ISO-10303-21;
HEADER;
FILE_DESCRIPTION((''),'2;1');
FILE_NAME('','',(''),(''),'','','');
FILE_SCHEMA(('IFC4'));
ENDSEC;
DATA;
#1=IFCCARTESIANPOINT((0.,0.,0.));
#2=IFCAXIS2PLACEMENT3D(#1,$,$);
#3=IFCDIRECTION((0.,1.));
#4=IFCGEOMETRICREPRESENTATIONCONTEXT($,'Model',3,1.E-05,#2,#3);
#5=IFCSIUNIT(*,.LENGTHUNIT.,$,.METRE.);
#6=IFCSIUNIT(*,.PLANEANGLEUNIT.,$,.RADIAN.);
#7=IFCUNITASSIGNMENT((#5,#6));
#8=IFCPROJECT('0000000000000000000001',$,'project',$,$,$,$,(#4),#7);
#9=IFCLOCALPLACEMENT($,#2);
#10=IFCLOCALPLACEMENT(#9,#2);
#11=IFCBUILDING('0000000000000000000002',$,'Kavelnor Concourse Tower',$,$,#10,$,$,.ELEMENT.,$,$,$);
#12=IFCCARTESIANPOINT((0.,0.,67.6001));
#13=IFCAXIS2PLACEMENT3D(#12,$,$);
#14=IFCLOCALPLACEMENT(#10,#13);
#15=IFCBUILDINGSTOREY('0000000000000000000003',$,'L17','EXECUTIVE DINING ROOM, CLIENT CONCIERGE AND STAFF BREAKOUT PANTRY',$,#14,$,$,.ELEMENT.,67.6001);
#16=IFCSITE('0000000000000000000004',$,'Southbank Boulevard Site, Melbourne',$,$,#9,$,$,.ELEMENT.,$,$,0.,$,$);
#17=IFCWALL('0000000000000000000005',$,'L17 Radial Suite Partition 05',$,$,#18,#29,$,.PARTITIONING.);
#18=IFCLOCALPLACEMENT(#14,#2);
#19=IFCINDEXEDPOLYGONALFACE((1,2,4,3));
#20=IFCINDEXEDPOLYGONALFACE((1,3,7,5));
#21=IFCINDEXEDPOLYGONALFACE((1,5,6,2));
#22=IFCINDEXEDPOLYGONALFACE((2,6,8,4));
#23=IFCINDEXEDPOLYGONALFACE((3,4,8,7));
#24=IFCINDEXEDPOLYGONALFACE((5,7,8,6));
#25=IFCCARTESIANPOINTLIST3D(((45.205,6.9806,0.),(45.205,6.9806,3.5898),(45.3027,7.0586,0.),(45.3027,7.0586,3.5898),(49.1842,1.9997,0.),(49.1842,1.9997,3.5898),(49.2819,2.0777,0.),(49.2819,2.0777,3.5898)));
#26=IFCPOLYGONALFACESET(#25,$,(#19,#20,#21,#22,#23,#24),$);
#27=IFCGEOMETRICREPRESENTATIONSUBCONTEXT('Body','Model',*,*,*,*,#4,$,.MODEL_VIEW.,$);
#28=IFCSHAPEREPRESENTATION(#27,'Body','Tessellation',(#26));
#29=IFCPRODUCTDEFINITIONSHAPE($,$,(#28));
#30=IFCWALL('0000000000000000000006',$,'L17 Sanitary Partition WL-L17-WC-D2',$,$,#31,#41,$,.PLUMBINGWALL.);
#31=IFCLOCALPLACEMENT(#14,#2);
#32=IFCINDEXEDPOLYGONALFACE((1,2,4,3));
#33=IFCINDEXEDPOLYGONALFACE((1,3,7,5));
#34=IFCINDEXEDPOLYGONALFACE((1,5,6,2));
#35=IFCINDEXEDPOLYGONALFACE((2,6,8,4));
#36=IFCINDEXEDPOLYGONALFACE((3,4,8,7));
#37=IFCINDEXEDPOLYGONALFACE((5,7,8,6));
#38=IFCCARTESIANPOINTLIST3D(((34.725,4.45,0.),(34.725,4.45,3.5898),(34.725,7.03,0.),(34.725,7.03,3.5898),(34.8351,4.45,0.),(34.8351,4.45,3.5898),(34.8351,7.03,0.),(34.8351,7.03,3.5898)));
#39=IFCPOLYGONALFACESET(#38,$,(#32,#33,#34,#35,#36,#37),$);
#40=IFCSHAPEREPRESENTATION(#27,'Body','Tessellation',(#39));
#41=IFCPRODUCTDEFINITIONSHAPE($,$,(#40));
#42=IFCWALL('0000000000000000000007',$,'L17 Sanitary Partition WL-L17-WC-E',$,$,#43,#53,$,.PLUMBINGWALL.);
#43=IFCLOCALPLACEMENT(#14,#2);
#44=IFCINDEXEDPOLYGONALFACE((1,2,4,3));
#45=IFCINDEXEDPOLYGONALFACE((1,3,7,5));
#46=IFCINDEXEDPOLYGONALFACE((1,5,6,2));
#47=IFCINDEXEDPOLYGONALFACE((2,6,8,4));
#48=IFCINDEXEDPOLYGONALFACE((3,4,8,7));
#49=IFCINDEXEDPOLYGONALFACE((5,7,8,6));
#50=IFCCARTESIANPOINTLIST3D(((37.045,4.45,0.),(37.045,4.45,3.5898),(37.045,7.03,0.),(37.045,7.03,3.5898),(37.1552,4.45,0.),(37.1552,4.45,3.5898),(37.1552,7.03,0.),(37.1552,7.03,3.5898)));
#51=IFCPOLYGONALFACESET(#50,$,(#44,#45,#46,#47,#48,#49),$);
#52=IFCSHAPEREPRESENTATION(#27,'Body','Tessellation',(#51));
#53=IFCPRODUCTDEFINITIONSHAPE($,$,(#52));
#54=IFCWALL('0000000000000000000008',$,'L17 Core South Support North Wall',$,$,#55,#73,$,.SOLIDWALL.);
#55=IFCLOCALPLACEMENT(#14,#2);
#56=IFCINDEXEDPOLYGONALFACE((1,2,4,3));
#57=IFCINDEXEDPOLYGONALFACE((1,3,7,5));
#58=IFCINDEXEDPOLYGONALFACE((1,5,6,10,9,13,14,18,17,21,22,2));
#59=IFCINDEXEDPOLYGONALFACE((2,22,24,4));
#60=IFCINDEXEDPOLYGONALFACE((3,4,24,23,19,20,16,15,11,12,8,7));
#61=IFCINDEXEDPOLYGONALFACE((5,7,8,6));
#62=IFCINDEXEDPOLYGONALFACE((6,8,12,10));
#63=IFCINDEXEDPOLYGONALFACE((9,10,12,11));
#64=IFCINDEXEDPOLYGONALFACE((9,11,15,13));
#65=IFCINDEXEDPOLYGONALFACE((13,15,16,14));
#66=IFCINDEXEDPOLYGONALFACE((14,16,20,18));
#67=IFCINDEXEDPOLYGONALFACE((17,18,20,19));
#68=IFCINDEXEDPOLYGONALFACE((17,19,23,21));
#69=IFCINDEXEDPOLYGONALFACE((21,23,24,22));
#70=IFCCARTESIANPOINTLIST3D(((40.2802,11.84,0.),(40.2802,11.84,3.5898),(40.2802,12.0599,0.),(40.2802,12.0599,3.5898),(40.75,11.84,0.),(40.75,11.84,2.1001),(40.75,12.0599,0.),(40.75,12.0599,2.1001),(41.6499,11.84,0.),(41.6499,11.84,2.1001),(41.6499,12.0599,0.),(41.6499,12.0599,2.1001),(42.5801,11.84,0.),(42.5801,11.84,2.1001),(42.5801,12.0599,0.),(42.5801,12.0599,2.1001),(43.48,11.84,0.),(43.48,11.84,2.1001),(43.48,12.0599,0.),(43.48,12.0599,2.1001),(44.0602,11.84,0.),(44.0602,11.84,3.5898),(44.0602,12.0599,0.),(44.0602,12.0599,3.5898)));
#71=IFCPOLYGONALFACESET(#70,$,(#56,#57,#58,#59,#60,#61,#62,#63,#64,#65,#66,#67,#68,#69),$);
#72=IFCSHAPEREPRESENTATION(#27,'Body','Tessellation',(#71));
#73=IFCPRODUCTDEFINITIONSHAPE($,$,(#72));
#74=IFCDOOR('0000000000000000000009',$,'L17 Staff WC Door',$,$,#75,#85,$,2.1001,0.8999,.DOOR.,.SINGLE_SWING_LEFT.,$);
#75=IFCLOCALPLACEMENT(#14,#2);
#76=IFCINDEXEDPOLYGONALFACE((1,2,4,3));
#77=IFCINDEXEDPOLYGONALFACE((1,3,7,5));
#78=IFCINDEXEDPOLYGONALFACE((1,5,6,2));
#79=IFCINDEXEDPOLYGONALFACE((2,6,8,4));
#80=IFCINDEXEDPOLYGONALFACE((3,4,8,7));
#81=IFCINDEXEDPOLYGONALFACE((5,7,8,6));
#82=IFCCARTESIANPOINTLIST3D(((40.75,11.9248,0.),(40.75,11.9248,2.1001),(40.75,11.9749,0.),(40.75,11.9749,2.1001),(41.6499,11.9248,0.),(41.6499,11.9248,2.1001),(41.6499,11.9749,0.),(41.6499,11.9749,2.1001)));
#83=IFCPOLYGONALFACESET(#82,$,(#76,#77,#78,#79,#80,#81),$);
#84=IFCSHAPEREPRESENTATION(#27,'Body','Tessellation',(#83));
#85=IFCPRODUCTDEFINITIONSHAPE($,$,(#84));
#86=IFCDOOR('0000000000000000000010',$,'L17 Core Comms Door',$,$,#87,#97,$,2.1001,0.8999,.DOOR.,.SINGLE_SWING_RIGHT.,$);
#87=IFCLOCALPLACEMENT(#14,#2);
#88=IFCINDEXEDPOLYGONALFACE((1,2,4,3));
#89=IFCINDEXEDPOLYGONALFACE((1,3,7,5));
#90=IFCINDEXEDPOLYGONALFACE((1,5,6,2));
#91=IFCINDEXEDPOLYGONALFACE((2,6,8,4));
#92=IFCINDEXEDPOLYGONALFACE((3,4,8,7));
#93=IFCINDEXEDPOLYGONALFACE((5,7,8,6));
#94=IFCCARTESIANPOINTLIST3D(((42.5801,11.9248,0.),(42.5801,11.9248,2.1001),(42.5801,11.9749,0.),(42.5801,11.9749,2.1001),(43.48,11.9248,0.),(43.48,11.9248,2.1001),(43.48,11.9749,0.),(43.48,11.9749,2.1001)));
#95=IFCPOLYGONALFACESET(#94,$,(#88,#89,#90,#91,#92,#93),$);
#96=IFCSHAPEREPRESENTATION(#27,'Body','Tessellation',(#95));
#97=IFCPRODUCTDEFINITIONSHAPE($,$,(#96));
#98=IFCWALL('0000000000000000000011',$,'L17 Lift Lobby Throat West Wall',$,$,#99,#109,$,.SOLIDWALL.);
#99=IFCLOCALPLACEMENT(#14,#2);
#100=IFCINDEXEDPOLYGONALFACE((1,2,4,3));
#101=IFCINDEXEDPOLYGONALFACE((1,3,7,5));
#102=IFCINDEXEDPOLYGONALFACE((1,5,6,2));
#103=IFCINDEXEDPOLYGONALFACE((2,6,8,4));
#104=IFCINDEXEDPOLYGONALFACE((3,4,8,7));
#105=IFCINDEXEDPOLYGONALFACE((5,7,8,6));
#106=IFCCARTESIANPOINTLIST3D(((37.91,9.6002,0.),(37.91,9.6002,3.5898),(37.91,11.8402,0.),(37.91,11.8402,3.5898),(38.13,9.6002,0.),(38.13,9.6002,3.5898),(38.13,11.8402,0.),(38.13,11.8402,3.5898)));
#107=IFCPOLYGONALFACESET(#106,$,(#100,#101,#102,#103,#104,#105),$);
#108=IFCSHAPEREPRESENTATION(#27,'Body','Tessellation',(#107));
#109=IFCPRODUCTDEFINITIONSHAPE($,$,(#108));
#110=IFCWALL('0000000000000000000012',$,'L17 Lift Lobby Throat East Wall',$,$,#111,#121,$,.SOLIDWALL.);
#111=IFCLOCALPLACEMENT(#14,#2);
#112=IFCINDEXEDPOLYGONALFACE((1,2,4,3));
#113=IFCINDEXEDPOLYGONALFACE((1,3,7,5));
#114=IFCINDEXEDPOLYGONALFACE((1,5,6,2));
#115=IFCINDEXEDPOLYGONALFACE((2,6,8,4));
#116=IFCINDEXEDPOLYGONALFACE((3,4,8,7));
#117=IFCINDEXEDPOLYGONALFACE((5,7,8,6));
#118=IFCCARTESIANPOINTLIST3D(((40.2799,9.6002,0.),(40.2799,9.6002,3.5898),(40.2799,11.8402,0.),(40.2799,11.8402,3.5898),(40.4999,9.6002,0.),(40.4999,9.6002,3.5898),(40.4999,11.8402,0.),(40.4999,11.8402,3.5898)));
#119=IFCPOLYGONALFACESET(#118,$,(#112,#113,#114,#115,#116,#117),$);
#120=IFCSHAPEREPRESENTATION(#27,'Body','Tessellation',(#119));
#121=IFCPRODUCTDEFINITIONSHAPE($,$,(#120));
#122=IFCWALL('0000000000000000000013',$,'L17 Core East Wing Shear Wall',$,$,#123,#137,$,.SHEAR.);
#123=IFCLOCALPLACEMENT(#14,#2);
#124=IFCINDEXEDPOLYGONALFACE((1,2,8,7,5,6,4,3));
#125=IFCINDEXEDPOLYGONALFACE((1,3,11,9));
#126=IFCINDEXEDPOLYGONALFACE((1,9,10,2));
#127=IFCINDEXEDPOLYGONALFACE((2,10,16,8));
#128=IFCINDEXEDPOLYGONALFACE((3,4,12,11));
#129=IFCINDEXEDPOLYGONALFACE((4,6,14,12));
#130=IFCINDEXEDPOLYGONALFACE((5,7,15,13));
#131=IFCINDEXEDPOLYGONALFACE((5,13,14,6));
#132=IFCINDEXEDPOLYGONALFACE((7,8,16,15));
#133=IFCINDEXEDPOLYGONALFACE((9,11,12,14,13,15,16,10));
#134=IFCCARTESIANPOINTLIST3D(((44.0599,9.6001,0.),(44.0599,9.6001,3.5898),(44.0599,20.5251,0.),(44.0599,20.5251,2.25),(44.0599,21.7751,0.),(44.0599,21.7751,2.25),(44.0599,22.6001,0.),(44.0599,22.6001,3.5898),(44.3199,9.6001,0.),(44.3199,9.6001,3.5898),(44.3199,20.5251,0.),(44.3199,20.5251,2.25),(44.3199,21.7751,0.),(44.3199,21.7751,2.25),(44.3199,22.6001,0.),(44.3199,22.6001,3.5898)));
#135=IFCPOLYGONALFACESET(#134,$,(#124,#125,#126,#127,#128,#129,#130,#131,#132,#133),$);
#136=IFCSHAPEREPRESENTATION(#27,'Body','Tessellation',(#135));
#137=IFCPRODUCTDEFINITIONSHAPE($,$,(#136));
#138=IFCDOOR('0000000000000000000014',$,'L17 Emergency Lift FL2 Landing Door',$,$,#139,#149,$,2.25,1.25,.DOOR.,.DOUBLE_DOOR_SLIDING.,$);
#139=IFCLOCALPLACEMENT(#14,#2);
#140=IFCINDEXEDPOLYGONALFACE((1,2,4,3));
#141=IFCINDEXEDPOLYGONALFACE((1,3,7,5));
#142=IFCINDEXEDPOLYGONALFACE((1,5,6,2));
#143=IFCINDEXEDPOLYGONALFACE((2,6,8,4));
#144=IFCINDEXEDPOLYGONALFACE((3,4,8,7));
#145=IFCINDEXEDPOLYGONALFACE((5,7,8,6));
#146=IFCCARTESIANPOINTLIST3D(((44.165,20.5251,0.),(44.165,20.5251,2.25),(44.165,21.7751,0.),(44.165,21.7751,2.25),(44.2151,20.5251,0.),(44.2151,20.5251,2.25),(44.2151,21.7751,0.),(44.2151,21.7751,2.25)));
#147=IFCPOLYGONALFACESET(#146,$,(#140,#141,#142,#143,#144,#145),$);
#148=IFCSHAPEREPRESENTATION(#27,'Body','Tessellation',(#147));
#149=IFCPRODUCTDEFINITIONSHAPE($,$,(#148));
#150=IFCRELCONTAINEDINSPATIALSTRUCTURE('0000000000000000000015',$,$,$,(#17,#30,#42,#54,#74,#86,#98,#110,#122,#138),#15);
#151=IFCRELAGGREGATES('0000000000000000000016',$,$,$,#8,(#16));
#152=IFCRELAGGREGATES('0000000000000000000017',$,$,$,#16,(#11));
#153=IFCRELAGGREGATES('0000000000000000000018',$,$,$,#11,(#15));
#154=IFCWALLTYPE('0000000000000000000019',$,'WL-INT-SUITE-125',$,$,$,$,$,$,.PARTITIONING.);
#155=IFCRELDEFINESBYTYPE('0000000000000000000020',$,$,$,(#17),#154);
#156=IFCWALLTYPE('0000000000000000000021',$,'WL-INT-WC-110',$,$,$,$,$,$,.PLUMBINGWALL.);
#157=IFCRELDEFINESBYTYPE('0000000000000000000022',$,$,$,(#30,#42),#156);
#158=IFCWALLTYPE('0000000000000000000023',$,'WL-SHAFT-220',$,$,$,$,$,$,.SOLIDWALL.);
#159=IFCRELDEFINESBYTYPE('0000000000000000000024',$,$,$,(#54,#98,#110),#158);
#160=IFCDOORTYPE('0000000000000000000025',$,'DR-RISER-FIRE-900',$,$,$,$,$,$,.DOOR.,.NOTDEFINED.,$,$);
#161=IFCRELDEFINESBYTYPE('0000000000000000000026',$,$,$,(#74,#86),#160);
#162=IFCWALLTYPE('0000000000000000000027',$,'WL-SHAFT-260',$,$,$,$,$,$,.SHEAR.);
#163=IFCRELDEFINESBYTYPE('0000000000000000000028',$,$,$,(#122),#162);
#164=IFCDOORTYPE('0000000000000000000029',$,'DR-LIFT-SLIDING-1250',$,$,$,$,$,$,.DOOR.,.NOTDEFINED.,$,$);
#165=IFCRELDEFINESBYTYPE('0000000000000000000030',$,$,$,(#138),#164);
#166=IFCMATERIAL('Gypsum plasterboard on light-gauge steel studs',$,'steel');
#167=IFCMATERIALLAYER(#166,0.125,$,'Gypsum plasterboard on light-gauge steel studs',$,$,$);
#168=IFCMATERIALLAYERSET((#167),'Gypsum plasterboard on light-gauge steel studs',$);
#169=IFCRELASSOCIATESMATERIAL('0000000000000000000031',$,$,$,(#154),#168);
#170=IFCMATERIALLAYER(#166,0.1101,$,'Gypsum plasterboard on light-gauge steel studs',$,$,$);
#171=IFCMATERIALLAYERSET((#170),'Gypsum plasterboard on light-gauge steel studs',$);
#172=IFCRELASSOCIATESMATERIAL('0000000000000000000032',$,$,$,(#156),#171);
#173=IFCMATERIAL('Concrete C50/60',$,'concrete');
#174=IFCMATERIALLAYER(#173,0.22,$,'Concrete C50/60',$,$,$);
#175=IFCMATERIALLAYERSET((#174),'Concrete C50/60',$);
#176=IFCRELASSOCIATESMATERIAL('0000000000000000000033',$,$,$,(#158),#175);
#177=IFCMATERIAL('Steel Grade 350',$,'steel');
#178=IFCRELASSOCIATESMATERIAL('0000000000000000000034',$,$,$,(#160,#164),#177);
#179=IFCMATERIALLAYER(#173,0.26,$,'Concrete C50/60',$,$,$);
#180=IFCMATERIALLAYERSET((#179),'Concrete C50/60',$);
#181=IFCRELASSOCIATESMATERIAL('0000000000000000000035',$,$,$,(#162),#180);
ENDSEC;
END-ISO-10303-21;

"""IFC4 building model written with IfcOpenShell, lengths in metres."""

from ifc_helpers import new_model, si_unit, direction, frame, frame_2d, origin, place, context, subcontext, project, spatial, rectangle, extrude, material, layer, layer_set, type_object, element, fill, save


model = new_model("IFC4")

# Units and contexts
model_context = context("Model", 3, precision=1e-05, world=origin(), true_north=direction((0.0, 1.0)))
body_context = subcontext(model_context, "Body", "Model", "MODEL_VIEW")
ifc_project = project(units=[si_unit("LENGTHUNIT", "METRE"), si_unit("PLANEANGLEUNIT", "RADIAN")], contexts=[model_context])

# Site, building, storey
site_placement = place(None, origin())
site = spatial("IfcSite", under=ifc_project, at=site_placement, Name="Southbank Boulevard Site, Melbourne", CompositionType="ELEMENT", RefElevation=0.0)
building_placement = place(site_placement, origin())
building = spatial("IfcBuilding", under=site, at=building_placement, Name="Kavelnor Concourse Tower", CompositionType="ELEMENT")
storey_placement = place(building_placement, frame((0.0, 0.0, 67.6001)))
storey = spatial("IfcBuildingStorey", under=building, at=storey_placement, Name="L17", Description="EXECUTIVE DINING ROOM, CLIENT CONCIERGE AND STAFF BREAKOUT PANTRY", CompositionType="ELEMENT", Elevation=67.6001)

# Shared definitions
ifc_material_1 = material(Name="Steel Grade 350", Category="steel")

# Walls
ifc_material_2 = material(Name="Gypsum plasterboard on light-gauge steel studs", Category="steel")
ifc_layer_1 = layer(ifc_material_2, 0.125, Name="Gypsum plasterboard on light-gauge steel studs")
ifc_layer_set_1 = layer_set([ifc_layer_1], Name="Gypsum plasterboard on light-gauge steel studs")
wall_type_1 = type_object("IfcWallType", Name="WL-INT-SUITE-125", PredefinedType="PARTITIONING", material=ifc_layer_set_1)
wall_1_placement = place(storey_placement, frame((45.2539, 7.0195, 0.0), z_axis=(0.0, 0.0, 1.0), x_axis=(0.624167, -0.781291, 0.0)))
element("IfcWall", 1, at=wall_1_placement, inside=storey, type_object=wall_type_1, Name="L17 Radial Suite Partition 05", PredefinedType="PARTITIONING", context=body_context, shape_type="SweptSolid", body=[
    extrude(rectangle(XDim=6.3752, YDim=0.125, at=frame_2d((3.1875, 0.0))), origin(), (0.0, 0.0, 1.0), 3.5898),
])
ifc_layer_2 = layer(ifc_material_2, 0.1101, Name="Gypsum plasterboard on light-gauge steel studs")
ifc_layer_set_2 = layer_set([ifc_layer_2], Name="Gypsum plasterboard on light-gauge steel studs")
wall_type_2 = type_object("IfcWallType", Name="WL-INT-WC-110", PredefinedType="PLUMBINGWALL", material=ifc_layer_set_2)
for number, where, z_axis, x_axis, name in (
    (2, (34.78, 4.45, 0.0), (0.0, 0.0, 1.0), (0.0, 1.0, 0.0), "L17 Sanitary Partition WL-L17-WC-D2"),
    (3, (37.1001, 4.45, 0.0), (0.0, 0.0, 1.0), (0.0, 1.0, 0.0), "L17 Sanitary Partition WL-L17-WC-E"),
):
    element("IfcWall", number, at=place(storey_placement, frame(where, z_axis=z_axis, x_axis=x_axis)), inside=storey, type_object=wall_type_2, Name=name, PredefinedType="PLUMBINGWALL", context=body_context, shape_type="SweptSolid", body=[
        extrude(rectangle(XDim=2.5801, YDim=0.1101, at=frame_2d((1.29, 0.0))), origin(), (0.0, 0.0, 1.0), 3.5898),
    ])

# Wall, openings, doors
ifc_material_3 = material(Name="Concrete C50/60", Category="concrete")
ifc_layer_3 = layer(ifc_material_3, 0.22, Name="Concrete C50/60")
ifc_layer_set_3 = layer_set([ifc_layer_3], Name="Concrete C50/60")
wall_type_3 = type_object("IfcWallType", Name="WL-SHAFT-220", PredefinedType="SOLIDWALL", material=ifc_layer_set_3)
wall_2_placement = place(storey_placement, frame((40.28, 11.95, 0.0), z_axis=(0.0, 0.0, 1.0), x_axis=(1.0, 0.0, 0.0)))
wall_2 = element("IfcWall", 4, at=wall_2_placement, inside=storey, type_object=wall_type_3, Name="L17 Core South Support North Wall", PredefinedType="SOLIDWALL", context=body_context, shape_type="SweptSolid", body=[
    extrude(rectangle(XDim=3.78, YDim=0.22, at=frame_2d((1.8901, 0.0))), origin(), (0.0, 0.0, 1.0), 3.5898),
])
opening_1_placement = place(wall_2_placement, frame((0.47, 0.0, 0.0)))
opening_1 = element("IfcOpeningElement", 5, at=opening_1_placement, cuts=wall_2, PredefinedType="OPENING", context=body_context, shape_type="SweptSolid", body=[
    extrude(rectangle(XDim=0.8999, YDim=2.1001, at=frame_2d((0.45, 1.05))), frame((0.0, 0.1201, 0.0), z_axis=(0.0, -1.0, 0.0), x_axis=(1.0, 0.0, 0.0)), (0.0, 0.0, 1.0), 0.24),
])
opening_2_placement = place(wall_2_placement, frame((2.3, 0.0, 0.0)))
opening_2 = element("IfcOpeningElement", 6, at=opening_2_placement, cuts=wall_2, PredefinedType="OPENING", context=body_context, shape_type="SweptSolid", body=[
    extrude(rectangle(XDim=0.8999, YDim=2.1001, at=frame_2d((0.45, 1.05))), frame((0.0, 0.1201, 0.0), z_axis=(0.0, -1.0, 0.0), x_axis=(1.0, 0.0, 0.0)), (0.0, 0.0, 1.0), 0.24),
])
door_type_1 = type_object("IfcDoorType", Name="DR-RISER-FIRE-900", OperationType="NOTDEFINED", PredefinedType="DOOR", material=ifc_material_1)
door_1_placement = place(opening_1_placement, origin())
door_1 = element("IfcDoor", 7, at=door_1_placement, inside=storey, type_object=door_type_1, Name="L17 Staff WC Door", OperationType="SINGLE_SWING_LEFT", OverallHeight=2.1001, OverallWidth=0.8999, PredefinedType="DOOR", context=body_context, shape_type="SweptSolid", body=[
    extrude(rectangle(XDim=0.8999, YDim=2.1001, at=frame_2d((0.45, 1.05))), frame((0.0, 0.0249, 0.0), z_axis=(0.0, -1.0, 0.0), x_axis=(1.0, 0.0, 0.0)), (0.0, 0.0, 1.0), 0.05),
])
fill(opening_1, door_1)
door_2_placement = place(opening_2_placement, origin())
door_2 = element("IfcDoor", 8, at=door_2_placement, inside=storey, type_object=door_type_1, Name="L17 Core Comms Door", OperationType="SINGLE_SWING_RIGHT", OverallHeight=2.1001, OverallWidth=0.8999, PredefinedType="DOOR", context=body_context, shape_type="SweptSolid", body=[
    extrude(rectangle(XDim=0.8999, YDim=2.1001, at=frame_2d((0.45, 1.05))), frame((0.0, 0.0249, 0.0), z_axis=(0.0, -1.0, 0.0), x_axis=(1.0, 0.0, 0.0)), (0.0, 0.0, 1.0), 0.05),
])
fill(opening_2, door_2)

# Walls
for number, where, z_axis, x_axis, name in (
    (9, (38.02, 9.6001, 0.0), (0.0, 0.0, 1.0), (0.0, 1.0, 0.0), "L17 Lift Lobby Throat West Wall"),
    (10, (40.3899, 9.6001, 0.0), (0.0, 0.0, 1.0), (0.0, 1.0, 0.0), "L17 Lift Lobby Throat East Wall"),
):
    element("IfcWall", number, at=place(storey_placement, frame(where, z_axis=z_axis, x_axis=x_axis)), inside=storey, type_object=wall_type_3, Name=name, PredefinedType="SOLIDWALL", context=body_context, shape_type="SweptSolid", body=[
        extrude(rectangle(XDim=2.24, YDim=0.22, at=frame_2d((1.1201, 0.0))), origin(), (0.0, 0.0, 1.0), 3.5898),
    ])

# Wall, opening, door
ifc_layer_4 = layer(ifc_material_3, 0.26, Name="Concrete C50/60")
ifc_layer_set_4 = layer_set([ifc_layer_4], Name="Concrete C50/60")
wall_type_4 = type_object("IfcWallType", Name="WL-SHAFT-260", PredefinedType="SHEAR", material=ifc_layer_set_4)
wall_3_placement = place(storey_placement, frame((44.1899, 9.6001, 0.0), z_axis=(0.0, 0.0, 1.0), x_axis=(0.0, 1.0, 0.0)))
wall_3 = element("IfcWall", 11, at=wall_3_placement, inside=storey, type_object=wall_type_4, Name="L17 Core East Wing Shear Wall", PredefinedType="SHEAR", context=body_context, shape_type="SweptSolid", body=[
    extrude(rectangle(XDim=13.0, YDim=0.26, at=frame_2d((6.5, 0.0))), origin(), (0.0, 0.0, 1.0), 3.5898),
])
opening_3_placement = place(wall_3_placement, frame((10.925, 0.0, 0.0)))
opening_3 = element("IfcOpeningElement", 12, at=opening_3_placement, cuts=wall_3, PredefinedType="OPENING", context=body_context, shape_type="SweptSolid", body=[
    extrude(rectangle(XDim=1.25, YDim=2.25, at=frame_2d((0.625, 1.125))), frame((0.0, 0.1401, 0.0), z_axis=(0.0, -1.0, 0.0), x_axis=(1.0, 0.0, 0.0)), (0.0, 0.0, 1.0), 0.28),
])
door_type_2 = type_object("IfcDoorType", Name="DR-LIFT-SLIDING-1250", OperationType="NOTDEFINED", PredefinedType="DOOR", material=ifc_material_1)
door_3_placement = place(opening_3_placement, origin())
door_3 = element("IfcDoor", 13, at=door_3_placement, inside=storey, type_object=door_type_2, Name="L17 Emergency Lift FL2 Landing Door", OperationType="DOUBLE_DOOR_SLIDING", OverallHeight=2.25, OverallWidth=1.25, PredefinedType="DOOR", context=body_context, shape_type="SweptSolid", body=[
    extrude(rectangle(XDim=1.25, YDim=2.25, at=frame_2d((0.625, 1.125))), frame((0.0, 0.0249, 0.0), z_axis=(0.0, -1.0, 0.0), x_axis=(1.0, 0.0, 0.0)), (0.0, 0.0, 1.0), 0.05),
])
fill(opening_3, door_3)

save(model, "model.ifc")
